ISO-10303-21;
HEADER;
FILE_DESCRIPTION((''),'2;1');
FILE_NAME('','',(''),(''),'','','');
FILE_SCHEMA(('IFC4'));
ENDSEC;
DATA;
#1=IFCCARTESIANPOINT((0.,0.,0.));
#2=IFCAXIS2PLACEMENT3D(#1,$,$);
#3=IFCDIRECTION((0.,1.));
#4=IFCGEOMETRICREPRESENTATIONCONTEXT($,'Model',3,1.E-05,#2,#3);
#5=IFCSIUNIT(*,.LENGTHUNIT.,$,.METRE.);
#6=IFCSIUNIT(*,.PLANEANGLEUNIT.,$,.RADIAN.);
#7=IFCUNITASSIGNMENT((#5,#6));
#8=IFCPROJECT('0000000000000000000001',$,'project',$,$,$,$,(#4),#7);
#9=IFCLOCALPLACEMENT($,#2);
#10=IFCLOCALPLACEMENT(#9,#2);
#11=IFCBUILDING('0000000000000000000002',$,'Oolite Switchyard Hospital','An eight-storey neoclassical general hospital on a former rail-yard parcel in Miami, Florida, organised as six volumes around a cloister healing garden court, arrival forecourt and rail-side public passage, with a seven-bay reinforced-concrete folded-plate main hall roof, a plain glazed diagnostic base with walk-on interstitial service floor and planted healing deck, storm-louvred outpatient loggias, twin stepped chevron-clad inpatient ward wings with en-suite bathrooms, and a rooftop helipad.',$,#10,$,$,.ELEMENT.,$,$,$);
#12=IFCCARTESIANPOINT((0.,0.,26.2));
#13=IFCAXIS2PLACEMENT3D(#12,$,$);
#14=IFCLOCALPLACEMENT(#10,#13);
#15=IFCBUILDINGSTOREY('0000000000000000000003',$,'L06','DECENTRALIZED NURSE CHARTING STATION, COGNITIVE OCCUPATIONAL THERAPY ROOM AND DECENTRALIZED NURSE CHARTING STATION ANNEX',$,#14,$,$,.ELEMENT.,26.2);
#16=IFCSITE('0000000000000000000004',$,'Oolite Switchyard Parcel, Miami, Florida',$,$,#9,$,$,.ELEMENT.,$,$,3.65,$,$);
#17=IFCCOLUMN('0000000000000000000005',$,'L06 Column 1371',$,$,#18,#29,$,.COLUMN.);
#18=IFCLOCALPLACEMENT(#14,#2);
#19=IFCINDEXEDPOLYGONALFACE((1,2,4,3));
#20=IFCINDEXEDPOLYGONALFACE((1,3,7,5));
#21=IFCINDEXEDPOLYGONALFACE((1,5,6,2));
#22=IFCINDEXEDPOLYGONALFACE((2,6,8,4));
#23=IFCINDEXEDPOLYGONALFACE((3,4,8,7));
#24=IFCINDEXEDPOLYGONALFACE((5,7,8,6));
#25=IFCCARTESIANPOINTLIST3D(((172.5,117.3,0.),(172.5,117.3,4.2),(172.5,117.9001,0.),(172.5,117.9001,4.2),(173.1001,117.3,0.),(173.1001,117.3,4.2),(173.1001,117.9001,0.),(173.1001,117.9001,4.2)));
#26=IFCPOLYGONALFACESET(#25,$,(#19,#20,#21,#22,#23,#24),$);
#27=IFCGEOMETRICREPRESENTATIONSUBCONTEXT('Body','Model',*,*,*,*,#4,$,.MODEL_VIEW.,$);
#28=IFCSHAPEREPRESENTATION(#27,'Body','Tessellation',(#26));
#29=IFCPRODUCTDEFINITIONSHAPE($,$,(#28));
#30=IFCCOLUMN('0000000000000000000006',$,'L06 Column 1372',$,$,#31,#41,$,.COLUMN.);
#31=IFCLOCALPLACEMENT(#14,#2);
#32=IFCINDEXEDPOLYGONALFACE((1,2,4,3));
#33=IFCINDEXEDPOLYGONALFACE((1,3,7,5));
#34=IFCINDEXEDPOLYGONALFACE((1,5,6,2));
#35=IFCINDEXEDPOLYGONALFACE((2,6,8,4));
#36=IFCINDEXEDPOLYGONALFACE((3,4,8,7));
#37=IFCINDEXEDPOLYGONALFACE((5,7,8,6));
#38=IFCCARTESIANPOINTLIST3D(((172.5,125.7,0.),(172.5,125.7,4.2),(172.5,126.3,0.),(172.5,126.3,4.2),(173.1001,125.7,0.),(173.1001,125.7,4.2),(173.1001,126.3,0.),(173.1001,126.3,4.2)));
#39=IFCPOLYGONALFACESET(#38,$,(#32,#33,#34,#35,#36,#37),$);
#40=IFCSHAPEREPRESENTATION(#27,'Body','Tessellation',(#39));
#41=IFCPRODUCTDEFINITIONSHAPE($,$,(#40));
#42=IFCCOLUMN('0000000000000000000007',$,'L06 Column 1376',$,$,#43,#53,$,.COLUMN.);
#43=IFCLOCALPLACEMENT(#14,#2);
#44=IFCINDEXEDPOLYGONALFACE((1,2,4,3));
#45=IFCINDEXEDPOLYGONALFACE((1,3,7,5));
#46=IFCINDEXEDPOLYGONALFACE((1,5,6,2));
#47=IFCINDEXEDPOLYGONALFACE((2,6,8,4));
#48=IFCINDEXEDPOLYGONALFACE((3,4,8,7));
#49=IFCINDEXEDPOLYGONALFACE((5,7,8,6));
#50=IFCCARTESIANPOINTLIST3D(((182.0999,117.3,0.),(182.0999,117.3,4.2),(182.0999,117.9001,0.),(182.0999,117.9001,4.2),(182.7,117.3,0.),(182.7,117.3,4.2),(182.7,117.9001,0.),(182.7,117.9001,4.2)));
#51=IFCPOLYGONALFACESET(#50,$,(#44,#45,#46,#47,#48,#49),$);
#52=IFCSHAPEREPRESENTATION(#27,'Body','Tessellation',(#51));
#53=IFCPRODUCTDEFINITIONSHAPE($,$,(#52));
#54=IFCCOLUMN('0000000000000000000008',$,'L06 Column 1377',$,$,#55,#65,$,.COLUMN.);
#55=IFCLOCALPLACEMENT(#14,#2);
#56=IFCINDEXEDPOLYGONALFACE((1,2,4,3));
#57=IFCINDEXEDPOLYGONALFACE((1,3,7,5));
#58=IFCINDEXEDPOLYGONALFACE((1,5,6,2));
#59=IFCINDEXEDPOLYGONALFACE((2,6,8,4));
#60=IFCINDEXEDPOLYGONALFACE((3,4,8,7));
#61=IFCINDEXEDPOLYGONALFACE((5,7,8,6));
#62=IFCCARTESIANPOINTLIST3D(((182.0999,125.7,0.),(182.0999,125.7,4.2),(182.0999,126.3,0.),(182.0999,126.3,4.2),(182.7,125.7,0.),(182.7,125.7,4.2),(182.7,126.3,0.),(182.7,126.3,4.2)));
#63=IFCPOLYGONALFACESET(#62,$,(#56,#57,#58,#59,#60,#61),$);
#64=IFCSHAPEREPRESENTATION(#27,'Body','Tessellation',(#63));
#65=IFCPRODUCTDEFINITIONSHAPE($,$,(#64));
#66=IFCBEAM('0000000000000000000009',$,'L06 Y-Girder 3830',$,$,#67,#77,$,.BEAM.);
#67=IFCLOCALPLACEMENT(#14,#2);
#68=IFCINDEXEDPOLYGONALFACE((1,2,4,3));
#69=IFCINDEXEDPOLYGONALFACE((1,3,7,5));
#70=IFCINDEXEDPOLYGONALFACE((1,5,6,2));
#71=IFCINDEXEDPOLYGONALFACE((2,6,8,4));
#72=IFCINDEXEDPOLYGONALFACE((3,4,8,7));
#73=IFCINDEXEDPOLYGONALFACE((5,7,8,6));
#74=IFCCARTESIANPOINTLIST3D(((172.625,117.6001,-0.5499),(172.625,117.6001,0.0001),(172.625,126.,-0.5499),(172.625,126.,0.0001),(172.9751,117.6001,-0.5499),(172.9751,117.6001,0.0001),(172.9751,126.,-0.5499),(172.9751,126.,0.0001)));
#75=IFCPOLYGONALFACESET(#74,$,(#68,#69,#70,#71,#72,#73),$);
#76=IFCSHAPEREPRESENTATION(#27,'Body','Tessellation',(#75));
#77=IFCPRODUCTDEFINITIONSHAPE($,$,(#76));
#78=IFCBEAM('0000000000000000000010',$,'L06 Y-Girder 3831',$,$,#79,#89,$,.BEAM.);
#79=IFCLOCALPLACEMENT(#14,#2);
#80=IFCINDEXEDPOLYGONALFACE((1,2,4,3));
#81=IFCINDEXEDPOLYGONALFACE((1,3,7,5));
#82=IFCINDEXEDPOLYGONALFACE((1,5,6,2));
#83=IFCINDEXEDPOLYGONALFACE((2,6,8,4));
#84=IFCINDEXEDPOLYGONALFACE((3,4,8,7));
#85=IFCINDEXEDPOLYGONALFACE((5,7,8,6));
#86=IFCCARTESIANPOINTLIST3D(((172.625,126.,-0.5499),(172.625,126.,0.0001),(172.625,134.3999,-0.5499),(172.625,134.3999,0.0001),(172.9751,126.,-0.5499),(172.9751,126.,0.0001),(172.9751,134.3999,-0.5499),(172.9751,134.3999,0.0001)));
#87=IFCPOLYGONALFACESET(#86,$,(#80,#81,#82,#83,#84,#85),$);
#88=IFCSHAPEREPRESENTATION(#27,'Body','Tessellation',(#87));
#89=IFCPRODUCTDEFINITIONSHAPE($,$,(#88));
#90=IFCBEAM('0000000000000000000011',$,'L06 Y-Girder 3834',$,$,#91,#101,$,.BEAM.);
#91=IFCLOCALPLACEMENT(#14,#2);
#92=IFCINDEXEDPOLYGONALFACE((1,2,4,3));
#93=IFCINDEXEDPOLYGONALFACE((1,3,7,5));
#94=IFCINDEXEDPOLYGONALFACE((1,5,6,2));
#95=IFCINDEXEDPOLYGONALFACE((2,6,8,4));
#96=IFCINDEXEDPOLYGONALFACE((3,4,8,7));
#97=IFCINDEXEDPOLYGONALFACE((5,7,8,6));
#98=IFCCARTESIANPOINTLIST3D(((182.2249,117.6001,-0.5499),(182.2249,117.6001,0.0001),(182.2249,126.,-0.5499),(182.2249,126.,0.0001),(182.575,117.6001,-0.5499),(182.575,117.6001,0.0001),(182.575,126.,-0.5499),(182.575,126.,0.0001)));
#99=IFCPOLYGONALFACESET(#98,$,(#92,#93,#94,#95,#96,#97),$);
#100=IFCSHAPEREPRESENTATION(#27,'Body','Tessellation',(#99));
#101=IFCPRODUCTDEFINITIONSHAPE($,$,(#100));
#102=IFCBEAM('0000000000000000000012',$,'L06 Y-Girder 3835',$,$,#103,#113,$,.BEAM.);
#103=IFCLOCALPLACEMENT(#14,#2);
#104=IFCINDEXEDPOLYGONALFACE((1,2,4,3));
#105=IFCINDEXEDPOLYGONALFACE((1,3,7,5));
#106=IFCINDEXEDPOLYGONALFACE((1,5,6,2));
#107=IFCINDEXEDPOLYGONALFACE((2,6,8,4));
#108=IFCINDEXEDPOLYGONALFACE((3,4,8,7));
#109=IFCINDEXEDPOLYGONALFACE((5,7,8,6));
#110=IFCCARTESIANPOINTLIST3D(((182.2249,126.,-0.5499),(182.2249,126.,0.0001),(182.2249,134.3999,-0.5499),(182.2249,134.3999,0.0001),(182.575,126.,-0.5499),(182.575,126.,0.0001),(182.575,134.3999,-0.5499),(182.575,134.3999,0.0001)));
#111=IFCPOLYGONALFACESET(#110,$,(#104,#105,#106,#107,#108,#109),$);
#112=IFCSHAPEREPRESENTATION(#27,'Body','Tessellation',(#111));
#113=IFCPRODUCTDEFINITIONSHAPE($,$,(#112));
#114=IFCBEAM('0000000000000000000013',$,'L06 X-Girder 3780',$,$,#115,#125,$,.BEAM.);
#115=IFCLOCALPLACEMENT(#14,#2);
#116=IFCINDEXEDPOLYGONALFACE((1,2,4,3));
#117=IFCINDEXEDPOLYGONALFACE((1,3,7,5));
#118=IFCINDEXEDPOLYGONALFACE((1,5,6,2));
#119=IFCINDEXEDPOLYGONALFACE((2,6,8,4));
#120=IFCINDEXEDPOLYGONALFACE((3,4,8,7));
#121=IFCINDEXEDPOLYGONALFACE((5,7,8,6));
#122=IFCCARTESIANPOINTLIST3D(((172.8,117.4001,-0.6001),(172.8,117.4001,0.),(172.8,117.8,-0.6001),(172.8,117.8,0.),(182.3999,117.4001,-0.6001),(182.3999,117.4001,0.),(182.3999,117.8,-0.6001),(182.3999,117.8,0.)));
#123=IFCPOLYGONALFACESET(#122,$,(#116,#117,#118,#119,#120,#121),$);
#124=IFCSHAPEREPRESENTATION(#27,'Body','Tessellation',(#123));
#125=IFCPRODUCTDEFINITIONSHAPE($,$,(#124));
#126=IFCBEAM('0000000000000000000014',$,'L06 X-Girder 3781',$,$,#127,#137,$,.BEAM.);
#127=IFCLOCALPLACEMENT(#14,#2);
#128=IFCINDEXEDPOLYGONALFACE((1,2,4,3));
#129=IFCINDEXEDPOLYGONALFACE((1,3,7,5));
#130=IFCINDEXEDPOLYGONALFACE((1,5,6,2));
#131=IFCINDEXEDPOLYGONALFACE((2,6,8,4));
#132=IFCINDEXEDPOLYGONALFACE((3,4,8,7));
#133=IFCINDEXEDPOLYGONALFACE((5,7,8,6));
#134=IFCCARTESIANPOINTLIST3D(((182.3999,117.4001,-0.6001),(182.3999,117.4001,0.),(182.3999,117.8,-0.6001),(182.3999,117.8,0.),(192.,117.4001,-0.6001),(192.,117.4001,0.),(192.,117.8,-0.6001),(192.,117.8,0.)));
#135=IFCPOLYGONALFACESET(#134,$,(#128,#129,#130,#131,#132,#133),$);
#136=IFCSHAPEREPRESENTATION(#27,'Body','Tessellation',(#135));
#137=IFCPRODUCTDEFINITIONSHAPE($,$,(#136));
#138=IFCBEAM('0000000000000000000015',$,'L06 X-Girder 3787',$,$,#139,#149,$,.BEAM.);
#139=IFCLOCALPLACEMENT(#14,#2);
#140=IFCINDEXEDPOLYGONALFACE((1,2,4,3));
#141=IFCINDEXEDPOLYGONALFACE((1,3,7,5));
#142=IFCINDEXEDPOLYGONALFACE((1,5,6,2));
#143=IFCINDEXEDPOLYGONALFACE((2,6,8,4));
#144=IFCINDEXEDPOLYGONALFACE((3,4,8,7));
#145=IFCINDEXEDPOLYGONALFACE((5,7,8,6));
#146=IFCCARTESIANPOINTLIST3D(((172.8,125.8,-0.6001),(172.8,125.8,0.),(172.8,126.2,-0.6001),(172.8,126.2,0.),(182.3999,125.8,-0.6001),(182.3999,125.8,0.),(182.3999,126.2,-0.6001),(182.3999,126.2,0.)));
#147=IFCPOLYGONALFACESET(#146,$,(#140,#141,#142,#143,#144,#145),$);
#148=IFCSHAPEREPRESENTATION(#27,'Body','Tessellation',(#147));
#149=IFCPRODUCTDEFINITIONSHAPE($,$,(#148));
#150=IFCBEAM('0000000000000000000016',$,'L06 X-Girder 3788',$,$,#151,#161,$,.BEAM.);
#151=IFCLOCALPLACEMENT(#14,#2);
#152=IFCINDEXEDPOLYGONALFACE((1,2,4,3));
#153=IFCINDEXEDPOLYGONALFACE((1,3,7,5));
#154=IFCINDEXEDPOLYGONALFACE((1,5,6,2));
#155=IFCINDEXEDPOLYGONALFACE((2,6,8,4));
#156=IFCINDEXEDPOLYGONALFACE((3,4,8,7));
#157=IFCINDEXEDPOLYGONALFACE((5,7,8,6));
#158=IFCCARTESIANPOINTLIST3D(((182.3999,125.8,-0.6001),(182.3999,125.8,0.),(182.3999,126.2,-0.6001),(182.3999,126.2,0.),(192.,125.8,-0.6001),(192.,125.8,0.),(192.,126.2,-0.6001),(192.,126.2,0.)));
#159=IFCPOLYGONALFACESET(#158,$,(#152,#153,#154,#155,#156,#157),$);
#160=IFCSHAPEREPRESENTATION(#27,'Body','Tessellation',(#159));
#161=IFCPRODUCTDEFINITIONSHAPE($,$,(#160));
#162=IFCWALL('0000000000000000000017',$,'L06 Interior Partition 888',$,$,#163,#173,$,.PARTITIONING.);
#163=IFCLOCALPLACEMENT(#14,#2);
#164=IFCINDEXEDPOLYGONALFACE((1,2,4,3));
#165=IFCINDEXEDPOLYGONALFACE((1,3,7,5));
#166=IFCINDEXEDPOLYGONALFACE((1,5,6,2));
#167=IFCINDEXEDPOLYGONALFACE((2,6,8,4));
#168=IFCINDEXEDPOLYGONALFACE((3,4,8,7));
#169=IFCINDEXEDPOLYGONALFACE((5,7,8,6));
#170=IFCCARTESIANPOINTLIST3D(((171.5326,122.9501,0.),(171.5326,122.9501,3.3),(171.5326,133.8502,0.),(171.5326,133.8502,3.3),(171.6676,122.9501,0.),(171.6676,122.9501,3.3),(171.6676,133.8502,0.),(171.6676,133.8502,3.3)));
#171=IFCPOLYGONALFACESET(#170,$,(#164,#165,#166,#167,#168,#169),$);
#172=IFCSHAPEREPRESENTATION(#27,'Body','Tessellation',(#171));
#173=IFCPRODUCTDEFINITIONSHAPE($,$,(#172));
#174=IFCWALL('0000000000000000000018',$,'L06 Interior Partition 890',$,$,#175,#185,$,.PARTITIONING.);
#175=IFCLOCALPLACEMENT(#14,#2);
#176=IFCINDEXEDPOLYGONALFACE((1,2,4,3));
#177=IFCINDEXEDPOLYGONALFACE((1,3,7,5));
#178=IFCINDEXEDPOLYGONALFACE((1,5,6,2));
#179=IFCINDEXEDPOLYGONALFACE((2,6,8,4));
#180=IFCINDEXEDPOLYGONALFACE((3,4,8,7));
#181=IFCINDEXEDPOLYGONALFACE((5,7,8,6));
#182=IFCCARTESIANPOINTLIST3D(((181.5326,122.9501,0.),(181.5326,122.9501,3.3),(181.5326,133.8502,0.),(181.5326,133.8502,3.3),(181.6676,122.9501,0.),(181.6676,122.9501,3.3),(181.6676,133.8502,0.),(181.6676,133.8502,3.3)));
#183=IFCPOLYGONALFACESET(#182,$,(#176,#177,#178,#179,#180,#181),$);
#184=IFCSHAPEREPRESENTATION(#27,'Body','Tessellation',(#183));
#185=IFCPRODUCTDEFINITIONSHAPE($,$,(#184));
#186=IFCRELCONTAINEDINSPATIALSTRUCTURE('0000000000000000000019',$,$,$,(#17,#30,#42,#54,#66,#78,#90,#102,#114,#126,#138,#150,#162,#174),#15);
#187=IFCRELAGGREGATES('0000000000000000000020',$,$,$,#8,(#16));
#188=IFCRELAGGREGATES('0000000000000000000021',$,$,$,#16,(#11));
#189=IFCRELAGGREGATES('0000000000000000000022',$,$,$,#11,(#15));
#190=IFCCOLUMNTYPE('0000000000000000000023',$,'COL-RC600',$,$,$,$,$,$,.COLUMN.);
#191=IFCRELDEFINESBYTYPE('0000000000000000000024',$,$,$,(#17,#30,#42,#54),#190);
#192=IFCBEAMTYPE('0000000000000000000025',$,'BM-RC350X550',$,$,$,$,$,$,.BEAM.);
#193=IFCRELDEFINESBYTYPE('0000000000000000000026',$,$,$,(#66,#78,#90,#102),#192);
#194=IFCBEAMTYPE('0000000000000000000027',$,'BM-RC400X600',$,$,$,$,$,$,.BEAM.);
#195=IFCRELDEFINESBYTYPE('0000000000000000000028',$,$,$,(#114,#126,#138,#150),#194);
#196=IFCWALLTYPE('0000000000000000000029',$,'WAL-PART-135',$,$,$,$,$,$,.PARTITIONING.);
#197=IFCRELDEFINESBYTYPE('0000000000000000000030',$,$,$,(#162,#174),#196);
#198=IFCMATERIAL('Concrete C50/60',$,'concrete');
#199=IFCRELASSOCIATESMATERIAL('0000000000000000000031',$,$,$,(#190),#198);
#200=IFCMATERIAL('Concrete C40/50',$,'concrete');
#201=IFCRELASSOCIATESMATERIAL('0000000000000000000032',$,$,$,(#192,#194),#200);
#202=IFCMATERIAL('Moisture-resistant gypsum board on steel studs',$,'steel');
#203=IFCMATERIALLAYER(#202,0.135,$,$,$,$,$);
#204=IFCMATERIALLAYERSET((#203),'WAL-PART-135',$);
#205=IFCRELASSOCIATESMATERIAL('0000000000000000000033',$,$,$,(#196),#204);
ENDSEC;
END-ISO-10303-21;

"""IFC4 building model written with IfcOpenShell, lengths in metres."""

from ifc_helpers import new_model, si_unit, direction, frame, frame_2d, origin, origin_2d, place, context, subcontext, project, spatial, rectangle, extrude, material, layer, layer_set, material_profile, profile_set, type_object, element, save


model = new_model("IFC4")

# Units and contexts
model_context = context("Model", 3, precision=1e-05, world=origin(), true_north=direction((0.0, 1.0)))
body_context = subcontext(model_context, "Body", "Model", "MODEL_VIEW")
ifc_project = project(units=[si_unit("LENGTHUNIT", "METRE"), si_unit("PLANEANGLEUNIT", "RADIAN")], contexts=[model_context])

# Site, building, storey
site_placement = place(None, origin())
site = spatial("IfcSite", under=ifc_project, at=site_placement, Name="Oolite Switchyard Parcel, Miami, Florida", CompositionType="ELEMENT", RefElevation=3.65)
building_placement = place(site_placement, origin())
building = spatial("IfcBuilding", under=site, at=building_placement, Name="Oolite Switchyard Hospital", Description="An eight-storey neoclassical general hospital on a former rail-yard parcel in Miami, Florida, organised as six volumes around a cloister healing garden court, arrival forecourt and rail-side public passage, with a seven-bay reinforced-concrete folded-plate main hall roof, a plain glazed diagnostic base with walk-on interstitial service floor and planted healing deck, storm-louvred outpatient loggias, twin stepped chevron-clad inpatient ward wings with en-suite bathrooms, and a rooftop helipad.", CompositionType="ELEMENT")
storey_placement = place(building_placement, frame((0.0, 0.0, 26.2)))
storey = spatial("IfcBuildingStorey", under=building, at=storey_placement, Name="L06", Description="DECENTRALIZED NURSE CHARTING STATION, COGNITIVE OCCUPATIONAL THERAPY ROOM AND DECENTRALIZED NURSE CHARTING STATION ANNEX", CompositionType="ELEMENT", Elevation=26.2)

# Columns
ifc_material_1 = material(Name="Concrete C50/60", Category="concrete")
ifc_material_profile_1 = material_profile(ifc_material_1, rectangle(XDim=0.6001, YDim=0.6001, at=origin_2d()), Name="RC600X600")
ifc_profile_set_1 = profile_set([ifc_material_profile_1], Name="Concrete C50/60")
column_type = type_object("IfcColumnType", Name="COL-RC600", PredefinedType="COLUMN", material=ifc_profile_set_1)
for number, where, z_axis, x_axis, name in (
    (1, (172.8, 117.6001, 0.0), (0.0, 0.0, 1.0), (1.0, 0.0, 0.0), "L06 Column 1371"),
    (2, (172.8, 126.0, 0.0), (0.0, 0.0, 1.0), (1.0, 0.0, 0.0), "L06 Column 1372"),
    (3, (182.3999, 117.6001, 0.0), (0.0, 0.0, 1.0), (1.0, 0.0, 0.0), "L06 Column 1376"),
    (4, (182.3999, 126.0, 0.0), (0.0, 0.0, 1.0), (1.0, 0.0, 0.0), "L06 Column 1377"),
):
    element("IfcColumn", number, at=place(storey_placement, frame(where, z_axis=z_axis, x_axis=x_axis)), inside=storey, type_object=column_type, Name=name, PredefinedType="COLUMN", context=body_context, shape_type="SweptSolid", body=[
        extrude(rectangle(XDim=0.6001, YDim=0.6001, at=origin_2d()), origin(), (0.0, 0.0, 1.0), 4.2),
    ])

# Beams
ifc_material_2 = material(Name="Concrete C40/50", Category="concrete")
ifc_material_profile_2 = material_profile(ifc_material_2, rectangle(XDim=0.3501, YDim=0.55, at=origin_2d()), Name="RCB350X550")
ifc_profile_set_2 = profile_set([ifc_material_profile_2], Name="Concrete C40/50")
beam_type_1 = type_object("IfcBeamType", Name="BM-RC350X550", PredefinedType="BEAM", material=ifc_profile_set_2)
for number, where, z_axis, x_axis, name in (
    (5, (172.8, 117.6001, -0.2749), (0.0, 1.0, 0.0), (-1.0, 0.0, 0.0), "L06 Y-Girder 3830"),
    (6, (172.8, 126.0, -0.2749), (0.0, 1.0, 0.0), (-1.0, 0.0, 0.0), "L06 Y-Girder 3831"),
    (7, (182.3999, 117.6001, -0.2749), (0.0, 1.0, 0.0), (-1.0, 0.0, 0.0), "L06 Y-Girder 3834"),
    (8, (182.3999, 126.0, -0.2749), (0.0, 1.0, 0.0), (-1.0, 0.0, 0.0), "L06 Y-Girder 3835"),
):
    element("IfcBeam", number, at=place(storey_placement, frame(where, z_axis=z_axis, x_axis=x_axis)), inside=storey, type_object=beam_type_1, Name=name, PredefinedType="BEAM", context=body_context, shape_type="SweptSolid", body=[
        extrude(rectangle(XDim=0.3501, YDim=0.55, at=origin_2d()), origin(), (0.0, 0.0, 1.0), 8.3999),
    ])
ifc_material_profile_3 = material_profile(ifc_material_2, rectangle(XDim=0.3999, YDim=0.6001, at=origin_2d()), Name="RCB400X600")
ifc_profile_set_3 = profile_set([ifc_material_profile_3], Name="Concrete C40/50")
beam_type_2 = type_object("IfcBeamType", Name="BM-RC400X600", PredefinedType="BEAM", material=ifc_profile_set_3)
beam_1_placement = place(storey_placement, frame((172.8, 117.6001, -0.3), z_axis=(1.0, 0.0, 0.0), x_axis=(0.0, 1.0, 0.0)))
element("IfcBeam", 9, at=beam_1_placement, inside=storey, type_object=beam_type_2, Name="L06 X-Girder 3780", PredefinedType="BEAM", context=body_context, shape_type="SweptSolid", body=[
    extrude(rectangle(XDim=0.3999, YDim=0.6001, at=origin_2d()), origin(), (0.0, 0.0, 1.0), 9.5999),
])
beam_2_placement = place(storey_placement, frame((182.3999, 117.6001, -0.3), z_axis=(1.0, 0.0, 0.0), x_axis=(0.0, 1.0, 0.0)))
element("IfcBeam", 10, at=beam_2_placement, inside=storey, type_object=beam_type_2, Name="L06 X-Girder 3781", PredefinedType="BEAM", context=body_context, shape_type="SweptSolid", body=[
    extrude(rectangle(XDim=0.3999, YDim=0.6001, at=origin_2d()), origin(), (0.0, 0.0, 1.0), 9.6001),
])
beam_3_placement = place(storey_placement, frame((172.8, 126.0, -0.3), z_axis=(1.0, 0.0, 0.0), x_axis=(0.0, 1.0, 0.0)))
element("IfcBeam", 11, at=beam_3_placement, inside=storey, type_object=beam_type_2, Name="L06 X-Girder 3787", PredefinedType="BEAM", context=body_context, shape_type="SweptSolid", body=[
    extrude(rectangle(XDim=0.3999, YDim=0.6001, at=origin_2d()), origin(), (0.0, 0.0, 1.0), 9.5999),
])
beam_4_placement = place(storey_placement, frame((182.3999, 126.0, -0.3), z_axis=(1.0, 0.0, 0.0), x_axis=(0.0, 1.0, 0.0)))
element("IfcBeam", 12, at=beam_4_placement, inside=storey, type_object=beam_type_2, Name="L06 X-Girder 3788", PredefinedType="BEAM", context=body_context, shape_type="SweptSolid", body=[
    extrude(rectangle(XDim=0.3999, YDim=0.6001, at=origin_2d()), origin(), (0.0, 0.0, 1.0), 9.6001),
])

# Walls
ifc_material_3 = material(Name="Moisture-resistant gypsum board on steel studs", Category="steel")
ifc_layer_1 = layer(ifc_material_3, 0.135)
ifc_layer_set_1 = layer_set([ifc_layer_1], Name="WAL-PART-135")
wall_type_1 = type_object("IfcWallType", Name="WAL-PART-135", PredefinedType="PARTITIONING", material=ifc_layer_set_1)
for number, where, z_axis, x_axis, name in (
    (13, (171.6001, 122.95, 0.0), (0.0, 0.0, 1.0), (0.0, 1.0, 0.0), "L06 Interior Partition 888"),
    (14, (181.6001, 122.95, 0.0), (0.0, 0.0, 1.0), (0.0, 1.0, 0.0), "L06 Interior Partition 890"),
):
    element("IfcWall", number, at=place(storey_placement, frame(where, z_axis=z_axis, x_axis=x_axis)), inside=storey, type_object=wall_type_1, Name=name, PredefinedType="PARTITIONING", context=body_context, shape_type="SweptSolid", body=[
        extrude(rectangle(XDim=10.9001, YDim=0.135, at=frame_2d((5.4502, 0.0))), origin(), (0.0, 0.0, 1.0), 3.3),
    ])

save(model, "model.ifc")
